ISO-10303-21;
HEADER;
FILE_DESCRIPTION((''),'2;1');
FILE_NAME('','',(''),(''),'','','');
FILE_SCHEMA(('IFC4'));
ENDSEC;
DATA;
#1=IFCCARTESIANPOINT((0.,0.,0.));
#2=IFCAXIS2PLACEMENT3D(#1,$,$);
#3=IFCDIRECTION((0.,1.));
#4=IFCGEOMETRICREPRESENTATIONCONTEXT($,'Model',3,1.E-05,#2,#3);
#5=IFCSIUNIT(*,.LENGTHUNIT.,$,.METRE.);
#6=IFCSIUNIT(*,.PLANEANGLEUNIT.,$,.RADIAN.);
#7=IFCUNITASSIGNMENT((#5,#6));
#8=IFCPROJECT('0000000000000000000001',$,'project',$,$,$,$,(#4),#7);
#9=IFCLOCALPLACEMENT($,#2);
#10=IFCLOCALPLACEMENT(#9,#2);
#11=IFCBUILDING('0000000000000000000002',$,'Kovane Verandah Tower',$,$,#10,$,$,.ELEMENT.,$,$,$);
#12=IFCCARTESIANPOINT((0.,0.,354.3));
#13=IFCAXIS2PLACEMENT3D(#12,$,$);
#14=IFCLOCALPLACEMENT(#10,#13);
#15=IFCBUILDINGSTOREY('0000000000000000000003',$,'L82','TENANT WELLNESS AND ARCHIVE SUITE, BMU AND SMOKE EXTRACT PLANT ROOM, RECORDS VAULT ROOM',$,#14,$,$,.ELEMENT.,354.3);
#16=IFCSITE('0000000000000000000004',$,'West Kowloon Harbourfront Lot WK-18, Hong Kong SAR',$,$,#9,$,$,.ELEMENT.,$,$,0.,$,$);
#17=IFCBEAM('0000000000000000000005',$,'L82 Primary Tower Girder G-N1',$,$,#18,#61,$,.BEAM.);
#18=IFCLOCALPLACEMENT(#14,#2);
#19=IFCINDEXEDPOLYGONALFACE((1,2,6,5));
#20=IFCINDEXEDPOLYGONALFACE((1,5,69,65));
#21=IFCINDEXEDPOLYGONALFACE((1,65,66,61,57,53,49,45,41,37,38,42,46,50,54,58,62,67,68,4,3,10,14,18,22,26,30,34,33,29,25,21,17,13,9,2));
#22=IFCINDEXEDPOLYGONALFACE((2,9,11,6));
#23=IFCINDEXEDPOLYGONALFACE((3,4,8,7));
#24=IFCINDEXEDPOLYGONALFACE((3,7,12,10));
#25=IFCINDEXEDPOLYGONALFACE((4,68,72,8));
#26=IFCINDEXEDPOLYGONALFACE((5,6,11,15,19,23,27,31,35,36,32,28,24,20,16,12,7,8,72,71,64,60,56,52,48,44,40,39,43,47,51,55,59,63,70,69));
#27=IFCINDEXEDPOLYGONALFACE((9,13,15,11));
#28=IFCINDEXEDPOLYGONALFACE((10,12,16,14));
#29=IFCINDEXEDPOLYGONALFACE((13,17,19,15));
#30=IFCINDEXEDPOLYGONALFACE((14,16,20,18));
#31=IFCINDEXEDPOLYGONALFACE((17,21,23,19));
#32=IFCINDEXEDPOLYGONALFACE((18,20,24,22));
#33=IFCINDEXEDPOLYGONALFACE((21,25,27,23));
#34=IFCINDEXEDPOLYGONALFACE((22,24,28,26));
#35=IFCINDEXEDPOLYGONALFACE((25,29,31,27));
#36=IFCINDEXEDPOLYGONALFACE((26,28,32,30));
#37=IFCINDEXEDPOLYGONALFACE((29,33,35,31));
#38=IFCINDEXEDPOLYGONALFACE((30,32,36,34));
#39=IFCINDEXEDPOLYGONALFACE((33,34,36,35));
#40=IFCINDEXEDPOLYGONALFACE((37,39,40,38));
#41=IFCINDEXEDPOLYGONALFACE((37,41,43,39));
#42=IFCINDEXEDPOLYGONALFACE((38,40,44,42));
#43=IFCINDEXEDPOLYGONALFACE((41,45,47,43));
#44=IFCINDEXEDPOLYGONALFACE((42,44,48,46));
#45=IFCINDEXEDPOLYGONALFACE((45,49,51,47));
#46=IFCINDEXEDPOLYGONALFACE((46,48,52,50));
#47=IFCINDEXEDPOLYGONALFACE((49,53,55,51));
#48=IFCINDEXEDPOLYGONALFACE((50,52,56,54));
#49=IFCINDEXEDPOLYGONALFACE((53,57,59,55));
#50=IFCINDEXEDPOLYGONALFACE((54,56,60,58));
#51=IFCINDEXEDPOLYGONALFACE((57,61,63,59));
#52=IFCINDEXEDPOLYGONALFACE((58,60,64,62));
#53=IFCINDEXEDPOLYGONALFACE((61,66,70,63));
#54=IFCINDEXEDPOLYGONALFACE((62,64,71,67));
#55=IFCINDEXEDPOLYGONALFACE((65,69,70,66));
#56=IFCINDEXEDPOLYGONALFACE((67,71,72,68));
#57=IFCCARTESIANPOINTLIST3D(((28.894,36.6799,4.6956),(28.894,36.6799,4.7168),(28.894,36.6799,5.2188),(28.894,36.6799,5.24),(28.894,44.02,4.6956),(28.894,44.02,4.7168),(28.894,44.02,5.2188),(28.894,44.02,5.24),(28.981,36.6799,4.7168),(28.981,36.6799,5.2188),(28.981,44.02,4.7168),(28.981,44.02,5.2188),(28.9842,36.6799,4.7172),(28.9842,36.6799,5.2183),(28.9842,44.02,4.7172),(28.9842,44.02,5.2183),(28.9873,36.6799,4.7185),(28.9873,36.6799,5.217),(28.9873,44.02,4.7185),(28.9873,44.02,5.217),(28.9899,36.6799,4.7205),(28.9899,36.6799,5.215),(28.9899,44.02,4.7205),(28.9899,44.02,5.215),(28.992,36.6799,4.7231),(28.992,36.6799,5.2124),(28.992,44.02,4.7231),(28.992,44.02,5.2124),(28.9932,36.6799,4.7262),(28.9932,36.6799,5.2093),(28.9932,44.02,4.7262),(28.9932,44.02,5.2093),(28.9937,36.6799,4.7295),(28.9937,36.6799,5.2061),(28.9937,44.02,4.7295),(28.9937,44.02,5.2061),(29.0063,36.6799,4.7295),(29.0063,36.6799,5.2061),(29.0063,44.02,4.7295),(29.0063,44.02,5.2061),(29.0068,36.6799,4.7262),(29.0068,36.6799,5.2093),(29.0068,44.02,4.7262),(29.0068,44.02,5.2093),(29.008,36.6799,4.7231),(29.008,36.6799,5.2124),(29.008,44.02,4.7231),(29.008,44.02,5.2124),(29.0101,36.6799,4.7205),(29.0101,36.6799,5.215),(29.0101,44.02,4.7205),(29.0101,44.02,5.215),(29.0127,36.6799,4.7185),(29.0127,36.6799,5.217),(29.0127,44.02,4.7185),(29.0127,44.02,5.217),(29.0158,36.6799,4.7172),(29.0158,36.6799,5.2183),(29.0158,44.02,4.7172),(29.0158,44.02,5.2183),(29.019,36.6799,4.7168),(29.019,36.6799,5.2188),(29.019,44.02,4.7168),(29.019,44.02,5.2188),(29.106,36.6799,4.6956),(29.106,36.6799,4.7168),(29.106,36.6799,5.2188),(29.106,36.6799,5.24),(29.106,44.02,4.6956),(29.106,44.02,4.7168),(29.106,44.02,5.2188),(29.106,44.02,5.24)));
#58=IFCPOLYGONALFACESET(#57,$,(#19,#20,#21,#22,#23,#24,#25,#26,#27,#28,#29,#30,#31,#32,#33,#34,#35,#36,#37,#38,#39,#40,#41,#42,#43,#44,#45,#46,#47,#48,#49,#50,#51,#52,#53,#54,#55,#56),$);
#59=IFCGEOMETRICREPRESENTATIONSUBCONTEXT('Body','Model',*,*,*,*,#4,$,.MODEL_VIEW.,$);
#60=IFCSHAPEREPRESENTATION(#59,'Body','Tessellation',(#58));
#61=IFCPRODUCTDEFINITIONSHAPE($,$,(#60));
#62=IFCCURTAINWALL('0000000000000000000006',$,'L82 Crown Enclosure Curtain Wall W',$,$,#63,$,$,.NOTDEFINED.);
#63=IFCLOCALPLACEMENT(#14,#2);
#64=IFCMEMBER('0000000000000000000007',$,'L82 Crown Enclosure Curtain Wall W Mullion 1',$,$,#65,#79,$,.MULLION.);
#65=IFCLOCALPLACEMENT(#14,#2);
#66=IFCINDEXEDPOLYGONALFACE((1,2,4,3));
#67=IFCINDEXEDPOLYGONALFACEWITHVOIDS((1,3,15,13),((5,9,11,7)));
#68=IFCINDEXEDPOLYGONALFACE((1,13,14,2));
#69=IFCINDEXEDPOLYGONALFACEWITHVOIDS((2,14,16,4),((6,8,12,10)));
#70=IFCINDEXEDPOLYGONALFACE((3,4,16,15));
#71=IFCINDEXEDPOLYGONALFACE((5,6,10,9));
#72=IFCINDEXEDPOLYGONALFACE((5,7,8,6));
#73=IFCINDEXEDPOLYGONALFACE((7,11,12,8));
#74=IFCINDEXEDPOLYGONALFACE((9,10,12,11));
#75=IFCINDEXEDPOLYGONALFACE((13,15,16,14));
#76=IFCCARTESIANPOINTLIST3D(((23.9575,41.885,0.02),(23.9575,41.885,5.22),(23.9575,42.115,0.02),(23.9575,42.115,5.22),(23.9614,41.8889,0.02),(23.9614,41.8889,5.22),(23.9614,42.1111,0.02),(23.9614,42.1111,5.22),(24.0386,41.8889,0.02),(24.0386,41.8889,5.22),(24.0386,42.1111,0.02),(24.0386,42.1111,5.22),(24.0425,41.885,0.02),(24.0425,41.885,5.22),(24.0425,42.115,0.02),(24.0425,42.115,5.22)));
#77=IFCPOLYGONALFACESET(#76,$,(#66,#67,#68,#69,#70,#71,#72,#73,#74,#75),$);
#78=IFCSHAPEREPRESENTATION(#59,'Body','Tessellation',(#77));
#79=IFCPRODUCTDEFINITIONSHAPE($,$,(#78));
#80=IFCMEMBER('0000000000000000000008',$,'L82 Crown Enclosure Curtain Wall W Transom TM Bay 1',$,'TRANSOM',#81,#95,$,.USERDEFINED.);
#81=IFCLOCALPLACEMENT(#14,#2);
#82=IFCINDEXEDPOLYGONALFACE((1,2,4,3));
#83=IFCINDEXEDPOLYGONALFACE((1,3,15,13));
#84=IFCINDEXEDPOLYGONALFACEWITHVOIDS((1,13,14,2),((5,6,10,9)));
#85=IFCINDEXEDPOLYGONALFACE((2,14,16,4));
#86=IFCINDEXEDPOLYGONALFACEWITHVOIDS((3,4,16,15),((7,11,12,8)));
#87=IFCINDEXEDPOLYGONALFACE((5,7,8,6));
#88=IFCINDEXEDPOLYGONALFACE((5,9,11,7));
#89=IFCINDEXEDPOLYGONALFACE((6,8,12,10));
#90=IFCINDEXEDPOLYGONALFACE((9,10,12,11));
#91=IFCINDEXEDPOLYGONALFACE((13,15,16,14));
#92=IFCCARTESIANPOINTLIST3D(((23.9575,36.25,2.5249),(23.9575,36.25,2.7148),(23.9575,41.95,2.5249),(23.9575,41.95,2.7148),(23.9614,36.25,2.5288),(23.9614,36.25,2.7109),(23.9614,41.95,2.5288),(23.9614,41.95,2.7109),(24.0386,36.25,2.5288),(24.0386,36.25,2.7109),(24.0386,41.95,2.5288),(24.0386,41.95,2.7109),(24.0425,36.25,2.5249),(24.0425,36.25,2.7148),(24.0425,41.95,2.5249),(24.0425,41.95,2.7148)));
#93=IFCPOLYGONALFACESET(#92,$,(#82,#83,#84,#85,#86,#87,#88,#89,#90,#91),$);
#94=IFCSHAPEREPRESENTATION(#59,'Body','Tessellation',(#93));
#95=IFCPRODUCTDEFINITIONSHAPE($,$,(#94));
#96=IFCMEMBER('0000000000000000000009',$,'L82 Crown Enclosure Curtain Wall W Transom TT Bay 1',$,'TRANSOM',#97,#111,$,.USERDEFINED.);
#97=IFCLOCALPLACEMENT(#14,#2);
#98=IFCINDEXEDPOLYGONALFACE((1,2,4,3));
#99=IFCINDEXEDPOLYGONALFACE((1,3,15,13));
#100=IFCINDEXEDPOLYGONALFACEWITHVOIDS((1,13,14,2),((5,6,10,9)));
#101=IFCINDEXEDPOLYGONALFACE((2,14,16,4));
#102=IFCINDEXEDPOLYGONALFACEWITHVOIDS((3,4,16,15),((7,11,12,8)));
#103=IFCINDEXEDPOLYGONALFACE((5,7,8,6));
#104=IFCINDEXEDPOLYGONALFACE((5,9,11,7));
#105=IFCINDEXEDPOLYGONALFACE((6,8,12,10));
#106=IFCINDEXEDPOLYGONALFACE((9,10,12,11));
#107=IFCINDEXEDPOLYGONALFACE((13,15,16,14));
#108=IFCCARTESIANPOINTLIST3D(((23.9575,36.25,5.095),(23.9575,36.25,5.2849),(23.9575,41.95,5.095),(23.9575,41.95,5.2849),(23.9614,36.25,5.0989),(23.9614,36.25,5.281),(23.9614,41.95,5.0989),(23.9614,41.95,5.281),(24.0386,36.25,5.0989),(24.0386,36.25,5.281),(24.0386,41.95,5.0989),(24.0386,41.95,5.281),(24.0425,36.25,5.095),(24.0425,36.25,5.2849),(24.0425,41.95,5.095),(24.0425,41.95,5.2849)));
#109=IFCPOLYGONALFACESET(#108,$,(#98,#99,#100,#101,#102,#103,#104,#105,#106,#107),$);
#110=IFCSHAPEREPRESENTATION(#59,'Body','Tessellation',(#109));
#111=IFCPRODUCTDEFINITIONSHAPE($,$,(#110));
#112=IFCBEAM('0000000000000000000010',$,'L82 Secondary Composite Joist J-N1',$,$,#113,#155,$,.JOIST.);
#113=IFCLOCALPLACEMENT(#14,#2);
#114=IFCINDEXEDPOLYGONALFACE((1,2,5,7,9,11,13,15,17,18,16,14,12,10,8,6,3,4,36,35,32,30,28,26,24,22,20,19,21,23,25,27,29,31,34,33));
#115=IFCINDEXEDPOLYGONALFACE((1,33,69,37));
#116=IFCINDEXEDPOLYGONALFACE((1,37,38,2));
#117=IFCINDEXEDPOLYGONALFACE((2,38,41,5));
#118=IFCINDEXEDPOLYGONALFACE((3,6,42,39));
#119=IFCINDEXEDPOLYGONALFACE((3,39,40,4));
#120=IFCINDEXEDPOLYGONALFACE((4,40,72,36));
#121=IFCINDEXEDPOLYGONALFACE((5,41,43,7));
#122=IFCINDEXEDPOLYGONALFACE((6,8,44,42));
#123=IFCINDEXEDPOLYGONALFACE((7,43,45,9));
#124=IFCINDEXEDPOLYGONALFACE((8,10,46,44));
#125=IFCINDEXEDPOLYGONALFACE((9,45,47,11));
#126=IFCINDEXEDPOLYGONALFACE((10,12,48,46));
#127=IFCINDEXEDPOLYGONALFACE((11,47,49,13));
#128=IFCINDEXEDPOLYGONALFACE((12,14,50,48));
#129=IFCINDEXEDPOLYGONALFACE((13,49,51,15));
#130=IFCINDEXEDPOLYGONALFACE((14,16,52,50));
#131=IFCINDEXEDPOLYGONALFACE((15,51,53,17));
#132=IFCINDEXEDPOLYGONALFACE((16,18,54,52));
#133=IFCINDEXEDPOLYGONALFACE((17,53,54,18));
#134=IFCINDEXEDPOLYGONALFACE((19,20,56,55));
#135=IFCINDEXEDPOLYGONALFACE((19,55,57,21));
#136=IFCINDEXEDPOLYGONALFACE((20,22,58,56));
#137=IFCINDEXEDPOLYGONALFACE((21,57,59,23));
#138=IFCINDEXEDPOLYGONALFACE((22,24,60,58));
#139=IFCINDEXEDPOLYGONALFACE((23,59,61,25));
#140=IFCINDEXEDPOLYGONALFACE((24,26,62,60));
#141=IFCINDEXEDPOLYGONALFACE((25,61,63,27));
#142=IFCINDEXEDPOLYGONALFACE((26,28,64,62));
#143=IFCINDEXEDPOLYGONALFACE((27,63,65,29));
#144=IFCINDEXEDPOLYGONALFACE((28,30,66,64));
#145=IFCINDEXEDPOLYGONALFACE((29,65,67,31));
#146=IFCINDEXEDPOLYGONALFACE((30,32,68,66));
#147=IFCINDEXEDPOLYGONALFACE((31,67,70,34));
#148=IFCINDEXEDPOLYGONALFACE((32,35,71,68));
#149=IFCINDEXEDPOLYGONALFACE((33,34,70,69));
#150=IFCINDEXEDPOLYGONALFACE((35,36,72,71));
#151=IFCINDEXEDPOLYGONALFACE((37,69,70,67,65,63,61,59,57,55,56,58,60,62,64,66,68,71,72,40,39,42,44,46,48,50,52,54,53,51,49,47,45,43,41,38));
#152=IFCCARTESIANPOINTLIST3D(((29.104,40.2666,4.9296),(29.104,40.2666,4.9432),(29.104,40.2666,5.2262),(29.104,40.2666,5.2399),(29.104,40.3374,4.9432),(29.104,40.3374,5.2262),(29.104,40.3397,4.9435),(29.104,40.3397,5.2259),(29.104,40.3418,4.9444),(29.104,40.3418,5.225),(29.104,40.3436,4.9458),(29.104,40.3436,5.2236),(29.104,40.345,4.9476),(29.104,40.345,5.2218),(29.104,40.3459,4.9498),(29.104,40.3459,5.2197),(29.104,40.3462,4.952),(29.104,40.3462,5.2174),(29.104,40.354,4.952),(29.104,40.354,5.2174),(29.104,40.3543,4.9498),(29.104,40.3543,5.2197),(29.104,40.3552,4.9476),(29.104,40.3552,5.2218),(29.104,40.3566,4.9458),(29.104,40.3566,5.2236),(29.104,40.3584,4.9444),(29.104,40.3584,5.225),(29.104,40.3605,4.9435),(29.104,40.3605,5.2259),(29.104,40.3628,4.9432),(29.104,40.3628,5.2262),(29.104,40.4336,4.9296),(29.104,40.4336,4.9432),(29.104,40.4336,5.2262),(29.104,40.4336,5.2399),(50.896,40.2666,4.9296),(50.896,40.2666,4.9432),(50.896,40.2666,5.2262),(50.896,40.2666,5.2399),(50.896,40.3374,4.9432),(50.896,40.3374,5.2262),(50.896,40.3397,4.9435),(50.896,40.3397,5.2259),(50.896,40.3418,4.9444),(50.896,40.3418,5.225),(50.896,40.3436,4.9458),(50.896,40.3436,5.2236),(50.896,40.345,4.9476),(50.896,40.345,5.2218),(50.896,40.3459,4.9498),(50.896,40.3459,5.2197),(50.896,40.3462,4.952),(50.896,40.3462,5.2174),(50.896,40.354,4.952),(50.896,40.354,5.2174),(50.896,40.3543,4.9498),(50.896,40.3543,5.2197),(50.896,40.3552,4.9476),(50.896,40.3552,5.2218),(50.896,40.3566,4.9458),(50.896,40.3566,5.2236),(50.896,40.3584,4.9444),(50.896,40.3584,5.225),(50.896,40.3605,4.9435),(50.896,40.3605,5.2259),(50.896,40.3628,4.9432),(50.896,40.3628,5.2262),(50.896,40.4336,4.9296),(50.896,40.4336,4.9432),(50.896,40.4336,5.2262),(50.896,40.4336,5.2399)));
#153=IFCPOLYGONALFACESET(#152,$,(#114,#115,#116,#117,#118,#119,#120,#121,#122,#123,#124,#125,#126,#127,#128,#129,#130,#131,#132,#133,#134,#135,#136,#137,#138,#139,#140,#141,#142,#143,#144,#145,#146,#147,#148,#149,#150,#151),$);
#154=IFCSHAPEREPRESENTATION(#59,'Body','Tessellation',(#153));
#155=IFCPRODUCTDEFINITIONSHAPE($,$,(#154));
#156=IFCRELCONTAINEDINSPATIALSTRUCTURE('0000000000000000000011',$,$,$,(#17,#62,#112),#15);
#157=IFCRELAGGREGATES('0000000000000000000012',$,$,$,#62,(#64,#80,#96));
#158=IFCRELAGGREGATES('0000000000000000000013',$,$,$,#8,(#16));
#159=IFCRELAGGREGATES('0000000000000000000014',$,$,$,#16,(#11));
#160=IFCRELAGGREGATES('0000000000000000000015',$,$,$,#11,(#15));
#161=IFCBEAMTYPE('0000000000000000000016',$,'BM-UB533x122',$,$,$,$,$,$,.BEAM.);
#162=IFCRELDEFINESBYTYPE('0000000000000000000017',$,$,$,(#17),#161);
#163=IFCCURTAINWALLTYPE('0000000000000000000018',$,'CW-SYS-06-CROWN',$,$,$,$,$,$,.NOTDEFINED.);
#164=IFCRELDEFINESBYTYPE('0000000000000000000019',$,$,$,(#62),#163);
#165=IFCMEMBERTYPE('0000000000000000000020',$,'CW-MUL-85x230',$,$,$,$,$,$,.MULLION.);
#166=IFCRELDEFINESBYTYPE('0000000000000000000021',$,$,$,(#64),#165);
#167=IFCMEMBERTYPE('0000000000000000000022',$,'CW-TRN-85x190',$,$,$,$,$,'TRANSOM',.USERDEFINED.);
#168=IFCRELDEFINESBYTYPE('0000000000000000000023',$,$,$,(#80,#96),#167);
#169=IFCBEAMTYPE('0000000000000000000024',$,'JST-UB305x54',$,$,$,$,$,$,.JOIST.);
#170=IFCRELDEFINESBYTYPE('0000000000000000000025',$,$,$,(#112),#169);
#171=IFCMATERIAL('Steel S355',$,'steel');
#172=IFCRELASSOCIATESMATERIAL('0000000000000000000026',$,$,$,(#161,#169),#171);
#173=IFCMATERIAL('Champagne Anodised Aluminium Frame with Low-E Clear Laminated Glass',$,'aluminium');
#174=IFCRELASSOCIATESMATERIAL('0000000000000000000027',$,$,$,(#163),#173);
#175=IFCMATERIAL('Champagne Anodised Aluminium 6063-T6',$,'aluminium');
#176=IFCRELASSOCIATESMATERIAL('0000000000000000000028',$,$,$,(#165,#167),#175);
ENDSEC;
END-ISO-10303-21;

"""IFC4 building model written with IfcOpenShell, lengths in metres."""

from ifc_helpers import new_model, si_unit, direction, frame, origin, origin_2d, place, context, subcontext, project, spatial, hollow_rectangle, i_section, extrude, material, material_profile, profile_set, type_object, element, aggregate, save


model = new_model("IFC4")

# Units and contexts
model_context = context("Model", 3, precision=1e-05, world=origin(), true_north=direction((0.0, 1.0)))
body_context = subcontext(model_context, "Body", "Model", "MODEL_VIEW")
ifc_project = project(units=[si_unit("LENGTHUNIT", "METRE"), si_unit("PLANEANGLEUNIT", "RADIAN")], contexts=[model_context])

# Site, building, storey
site_placement = place(None, origin())
site = spatial("IfcSite", under=ifc_project, at=site_placement, Name="West Kowloon Harbourfront Lot WK-18, Hong Kong SAR", CompositionType="ELEMENT", RefElevation=0.0)
building_placement = place(site_placement, origin())
building = spatial("IfcBuilding", under=site, at=building_placement, Name="Kovane Verandah Tower", CompositionType="ELEMENT")
storey_placement = place(building_placement, frame((0.0, 0.0, 354.3)))
storey = spatial("IfcBuildingStorey", under=building, at=storey_placement, Name="L82", Description="TENANT WELLNESS AND ARCHIVE SUITE, BMU AND SMOKE EXTRACT PLANT ROOM, RECORDS VAULT ROOM", CompositionType="ELEMENT", Elevation=354.3)

# Beam
ifc_material_1 = material(Name="Steel S355", Category="steel")
ifc_material_profile_1 = material_profile(ifc_material_1, i_section(OverallWidth=0.2119, OverallDepth=0.5444, WebThickness=0.0127, FlangeThickness=0.0212, FilletRadius=0.0127, at=origin_2d()), Name="UB533x210x122")
ifc_profile_set_1 = profile_set([ifc_material_profile_1], Name="Steel S355")
beam_type_1 = type_object("IfcBeamType", Name="BM-UB533x122", PredefinedType="BEAM", material=ifc_profile_set_1)
beam_1_placement = place(storey_placement, frame((29.0, 36.6799, 4.9678), z_axis=(0.0, 1.0, 0.0), x_axis=(-1.0, 0.0, 0.0)))
element("IfcBeam", 1, at=beam_1_placement, inside=storey, type_object=beam_type_1, Name="L82 Primary Tower Girder G-N1", PredefinedType="BEAM", context=body_context, shape_type="SweptSolid", body=[
    extrude(i_section(OverallWidth=0.2119, OverallDepth=0.5444, WebThickness=0.0127, FlangeThickness=0.0212, FilletRadius=0.0127, at=origin_2d()), origin(), (0.0, 0.0, 1.0), 7.3401),
])

# Curtain wall, members
ifc_material_2 = material(Name="Champagne Anodised Aluminium Frame with Low-E Clear Laminated Glass", Category="aluminium")
curtain_wall_type = type_object("IfcCurtainWallType", Name="CW-SYS-06-CROWN", PredefinedType="NOTDEFINED", material=ifc_material_2)
curtain_wall_placement = place(storey_placement, origin())
curtain_wall = element("IfcCurtainWall", 2, at=curtain_wall_placement, inside=storey, type_object=curtain_wall_type, Name="L82 Crown Enclosure Curtain Wall W", PredefinedType="NOTDEFINED")
ifc_material_3 = material(Name="Champagne Anodised Aluminium 6063-T6", Category="aluminium")
ifc_material_profile_2 = material_profile(ifc_material_3, hollow_rectangle(XDim=0.085, YDim=0.23, WallThickness=0.0039, at=origin_2d()), Name="AL85x230x4")
ifc_profile_set_2 = profile_set([ifc_material_profile_2], Name="Champagne Anodised Aluminium 6063-T6")
member_type_1 = type_object("IfcMemberType", Name="CW-MUL-85x230", PredefinedType="MULLION", material=ifc_profile_set_2)
member_1_placement = place(storey_placement, frame((24.0, 42.0, 0.02), z_axis=(0.0, 0.0, 1.0), x_axis=(-1.0, 0.0, 0.0)))
member_1 = element("IfcMember", 3, at=member_1_placement, type_object=member_type_1, Name="L82 Crown Enclosure Curtain Wall W Mullion 1", PredefinedType="MULLION", context=body_context, shape_type="SweptSolid", body=[
    extrude(hollow_rectangle(XDim=0.085, YDim=0.23, WallThickness=0.0039, at=origin_2d()), origin(), (0.0, 0.0, 1.0), 5.2),
])
ifc_material_profile_3 = material_profile(ifc_material_3, hollow_rectangle(XDim=0.085, YDim=0.1899, WallThickness=0.0039, at=origin_2d()), Name="AL85x190x4")
ifc_profile_set_3 = profile_set([ifc_material_profile_3], Name="Champagne Anodised Aluminium 6063-T6")
member_type_2 = type_object("IfcMemberType", Name="CW-TRN-85x190", ElementType="TRANSOM", PredefinedType="USERDEFINED", material=ifc_profile_set_3)
member_2_placement = place(storey_placement, frame((24.0, 41.95, 2.6199), z_axis=(0.0, -1.0, 0.0), x_axis=(1.0, 0.0, 0.0)))
member_2 = element("IfcMember", 4, at=member_2_placement, type_object=member_type_2, Name="L82 Crown Enclosure Curtain Wall W Transom TM Bay 1", ObjectType="TRANSOM", PredefinedType="USERDEFINED", context=body_context, shape_type="SweptSolid", body=[
    extrude(hollow_rectangle(XDim=0.085, YDim=0.1899, WallThickness=0.0039, at=origin_2d()), origin(), (0.0, 0.0, 1.0), 5.7),
])
member_3_placement = place(storey_placement, frame((24.0, 41.95, 5.1899), z_axis=(0.0, -1.0, 0.0), x_axis=(1.0, 0.0, 0.0)))
member_3 = element("IfcMember", 5, at=member_3_placement, type_object=member_type_2, Name="L82 Crown Enclosure Curtain Wall W Transom TT Bay 1", ObjectType="TRANSOM", PredefinedType="USERDEFINED", context=body_context, shape_type="SweptSolid", body=[
    extrude(hollow_rectangle(XDim=0.085, YDim=0.1899, WallThickness=0.0039, at=origin_2d()), origin(), (0.0, 0.0, 1.0), 5.7),
])
aggregate(curtain_wall, [member_1, member_2, member_3])

# Beam
ifc_material_profile_4 = material_profile(ifc_material_1, i_section(OverallWidth=0.167, OverallDepth=0.3103, WebThickness=0.0078, FlangeThickness=0.0137, FilletRadius=0.0088, at=origin_2d()), Name="UB305x165x54")
ifc_profile_set_4 = profile_set([ifc_material_profile_4], Name="Steel S355")
beam_type_2 = type_object("IfcBeamType", Name="JST-UB305x54", PredefinedType="JOIST", material=ifc_profile_set_4)
beam_2_placement = place(storey_placement, frame((29.104, 40.3501, 5.0847), z_axis=(1.0, 0.0, 0.0), x_axis=(0.0, 1.0, 0.0)))
element("IfcBeam", 6, at=beam_2_placement, inside=storey, type_object=beam_type_2, Name="L82 Secondary Composite Joist J-N1", PredefinedType="JOIST", context=body_context, shape_type="SweptSolid", body=[
    extrude(i_section(OverallWidth=0.167, OverallDepth=0.3103, WebThickness=0.0078, FlangeThickness=0.0137, FilletRadius=0.0088, at=origin_2d()), origin(), (0.0, 0.0, 1.0), 21.792),
])

save(model, "model.ifc")
